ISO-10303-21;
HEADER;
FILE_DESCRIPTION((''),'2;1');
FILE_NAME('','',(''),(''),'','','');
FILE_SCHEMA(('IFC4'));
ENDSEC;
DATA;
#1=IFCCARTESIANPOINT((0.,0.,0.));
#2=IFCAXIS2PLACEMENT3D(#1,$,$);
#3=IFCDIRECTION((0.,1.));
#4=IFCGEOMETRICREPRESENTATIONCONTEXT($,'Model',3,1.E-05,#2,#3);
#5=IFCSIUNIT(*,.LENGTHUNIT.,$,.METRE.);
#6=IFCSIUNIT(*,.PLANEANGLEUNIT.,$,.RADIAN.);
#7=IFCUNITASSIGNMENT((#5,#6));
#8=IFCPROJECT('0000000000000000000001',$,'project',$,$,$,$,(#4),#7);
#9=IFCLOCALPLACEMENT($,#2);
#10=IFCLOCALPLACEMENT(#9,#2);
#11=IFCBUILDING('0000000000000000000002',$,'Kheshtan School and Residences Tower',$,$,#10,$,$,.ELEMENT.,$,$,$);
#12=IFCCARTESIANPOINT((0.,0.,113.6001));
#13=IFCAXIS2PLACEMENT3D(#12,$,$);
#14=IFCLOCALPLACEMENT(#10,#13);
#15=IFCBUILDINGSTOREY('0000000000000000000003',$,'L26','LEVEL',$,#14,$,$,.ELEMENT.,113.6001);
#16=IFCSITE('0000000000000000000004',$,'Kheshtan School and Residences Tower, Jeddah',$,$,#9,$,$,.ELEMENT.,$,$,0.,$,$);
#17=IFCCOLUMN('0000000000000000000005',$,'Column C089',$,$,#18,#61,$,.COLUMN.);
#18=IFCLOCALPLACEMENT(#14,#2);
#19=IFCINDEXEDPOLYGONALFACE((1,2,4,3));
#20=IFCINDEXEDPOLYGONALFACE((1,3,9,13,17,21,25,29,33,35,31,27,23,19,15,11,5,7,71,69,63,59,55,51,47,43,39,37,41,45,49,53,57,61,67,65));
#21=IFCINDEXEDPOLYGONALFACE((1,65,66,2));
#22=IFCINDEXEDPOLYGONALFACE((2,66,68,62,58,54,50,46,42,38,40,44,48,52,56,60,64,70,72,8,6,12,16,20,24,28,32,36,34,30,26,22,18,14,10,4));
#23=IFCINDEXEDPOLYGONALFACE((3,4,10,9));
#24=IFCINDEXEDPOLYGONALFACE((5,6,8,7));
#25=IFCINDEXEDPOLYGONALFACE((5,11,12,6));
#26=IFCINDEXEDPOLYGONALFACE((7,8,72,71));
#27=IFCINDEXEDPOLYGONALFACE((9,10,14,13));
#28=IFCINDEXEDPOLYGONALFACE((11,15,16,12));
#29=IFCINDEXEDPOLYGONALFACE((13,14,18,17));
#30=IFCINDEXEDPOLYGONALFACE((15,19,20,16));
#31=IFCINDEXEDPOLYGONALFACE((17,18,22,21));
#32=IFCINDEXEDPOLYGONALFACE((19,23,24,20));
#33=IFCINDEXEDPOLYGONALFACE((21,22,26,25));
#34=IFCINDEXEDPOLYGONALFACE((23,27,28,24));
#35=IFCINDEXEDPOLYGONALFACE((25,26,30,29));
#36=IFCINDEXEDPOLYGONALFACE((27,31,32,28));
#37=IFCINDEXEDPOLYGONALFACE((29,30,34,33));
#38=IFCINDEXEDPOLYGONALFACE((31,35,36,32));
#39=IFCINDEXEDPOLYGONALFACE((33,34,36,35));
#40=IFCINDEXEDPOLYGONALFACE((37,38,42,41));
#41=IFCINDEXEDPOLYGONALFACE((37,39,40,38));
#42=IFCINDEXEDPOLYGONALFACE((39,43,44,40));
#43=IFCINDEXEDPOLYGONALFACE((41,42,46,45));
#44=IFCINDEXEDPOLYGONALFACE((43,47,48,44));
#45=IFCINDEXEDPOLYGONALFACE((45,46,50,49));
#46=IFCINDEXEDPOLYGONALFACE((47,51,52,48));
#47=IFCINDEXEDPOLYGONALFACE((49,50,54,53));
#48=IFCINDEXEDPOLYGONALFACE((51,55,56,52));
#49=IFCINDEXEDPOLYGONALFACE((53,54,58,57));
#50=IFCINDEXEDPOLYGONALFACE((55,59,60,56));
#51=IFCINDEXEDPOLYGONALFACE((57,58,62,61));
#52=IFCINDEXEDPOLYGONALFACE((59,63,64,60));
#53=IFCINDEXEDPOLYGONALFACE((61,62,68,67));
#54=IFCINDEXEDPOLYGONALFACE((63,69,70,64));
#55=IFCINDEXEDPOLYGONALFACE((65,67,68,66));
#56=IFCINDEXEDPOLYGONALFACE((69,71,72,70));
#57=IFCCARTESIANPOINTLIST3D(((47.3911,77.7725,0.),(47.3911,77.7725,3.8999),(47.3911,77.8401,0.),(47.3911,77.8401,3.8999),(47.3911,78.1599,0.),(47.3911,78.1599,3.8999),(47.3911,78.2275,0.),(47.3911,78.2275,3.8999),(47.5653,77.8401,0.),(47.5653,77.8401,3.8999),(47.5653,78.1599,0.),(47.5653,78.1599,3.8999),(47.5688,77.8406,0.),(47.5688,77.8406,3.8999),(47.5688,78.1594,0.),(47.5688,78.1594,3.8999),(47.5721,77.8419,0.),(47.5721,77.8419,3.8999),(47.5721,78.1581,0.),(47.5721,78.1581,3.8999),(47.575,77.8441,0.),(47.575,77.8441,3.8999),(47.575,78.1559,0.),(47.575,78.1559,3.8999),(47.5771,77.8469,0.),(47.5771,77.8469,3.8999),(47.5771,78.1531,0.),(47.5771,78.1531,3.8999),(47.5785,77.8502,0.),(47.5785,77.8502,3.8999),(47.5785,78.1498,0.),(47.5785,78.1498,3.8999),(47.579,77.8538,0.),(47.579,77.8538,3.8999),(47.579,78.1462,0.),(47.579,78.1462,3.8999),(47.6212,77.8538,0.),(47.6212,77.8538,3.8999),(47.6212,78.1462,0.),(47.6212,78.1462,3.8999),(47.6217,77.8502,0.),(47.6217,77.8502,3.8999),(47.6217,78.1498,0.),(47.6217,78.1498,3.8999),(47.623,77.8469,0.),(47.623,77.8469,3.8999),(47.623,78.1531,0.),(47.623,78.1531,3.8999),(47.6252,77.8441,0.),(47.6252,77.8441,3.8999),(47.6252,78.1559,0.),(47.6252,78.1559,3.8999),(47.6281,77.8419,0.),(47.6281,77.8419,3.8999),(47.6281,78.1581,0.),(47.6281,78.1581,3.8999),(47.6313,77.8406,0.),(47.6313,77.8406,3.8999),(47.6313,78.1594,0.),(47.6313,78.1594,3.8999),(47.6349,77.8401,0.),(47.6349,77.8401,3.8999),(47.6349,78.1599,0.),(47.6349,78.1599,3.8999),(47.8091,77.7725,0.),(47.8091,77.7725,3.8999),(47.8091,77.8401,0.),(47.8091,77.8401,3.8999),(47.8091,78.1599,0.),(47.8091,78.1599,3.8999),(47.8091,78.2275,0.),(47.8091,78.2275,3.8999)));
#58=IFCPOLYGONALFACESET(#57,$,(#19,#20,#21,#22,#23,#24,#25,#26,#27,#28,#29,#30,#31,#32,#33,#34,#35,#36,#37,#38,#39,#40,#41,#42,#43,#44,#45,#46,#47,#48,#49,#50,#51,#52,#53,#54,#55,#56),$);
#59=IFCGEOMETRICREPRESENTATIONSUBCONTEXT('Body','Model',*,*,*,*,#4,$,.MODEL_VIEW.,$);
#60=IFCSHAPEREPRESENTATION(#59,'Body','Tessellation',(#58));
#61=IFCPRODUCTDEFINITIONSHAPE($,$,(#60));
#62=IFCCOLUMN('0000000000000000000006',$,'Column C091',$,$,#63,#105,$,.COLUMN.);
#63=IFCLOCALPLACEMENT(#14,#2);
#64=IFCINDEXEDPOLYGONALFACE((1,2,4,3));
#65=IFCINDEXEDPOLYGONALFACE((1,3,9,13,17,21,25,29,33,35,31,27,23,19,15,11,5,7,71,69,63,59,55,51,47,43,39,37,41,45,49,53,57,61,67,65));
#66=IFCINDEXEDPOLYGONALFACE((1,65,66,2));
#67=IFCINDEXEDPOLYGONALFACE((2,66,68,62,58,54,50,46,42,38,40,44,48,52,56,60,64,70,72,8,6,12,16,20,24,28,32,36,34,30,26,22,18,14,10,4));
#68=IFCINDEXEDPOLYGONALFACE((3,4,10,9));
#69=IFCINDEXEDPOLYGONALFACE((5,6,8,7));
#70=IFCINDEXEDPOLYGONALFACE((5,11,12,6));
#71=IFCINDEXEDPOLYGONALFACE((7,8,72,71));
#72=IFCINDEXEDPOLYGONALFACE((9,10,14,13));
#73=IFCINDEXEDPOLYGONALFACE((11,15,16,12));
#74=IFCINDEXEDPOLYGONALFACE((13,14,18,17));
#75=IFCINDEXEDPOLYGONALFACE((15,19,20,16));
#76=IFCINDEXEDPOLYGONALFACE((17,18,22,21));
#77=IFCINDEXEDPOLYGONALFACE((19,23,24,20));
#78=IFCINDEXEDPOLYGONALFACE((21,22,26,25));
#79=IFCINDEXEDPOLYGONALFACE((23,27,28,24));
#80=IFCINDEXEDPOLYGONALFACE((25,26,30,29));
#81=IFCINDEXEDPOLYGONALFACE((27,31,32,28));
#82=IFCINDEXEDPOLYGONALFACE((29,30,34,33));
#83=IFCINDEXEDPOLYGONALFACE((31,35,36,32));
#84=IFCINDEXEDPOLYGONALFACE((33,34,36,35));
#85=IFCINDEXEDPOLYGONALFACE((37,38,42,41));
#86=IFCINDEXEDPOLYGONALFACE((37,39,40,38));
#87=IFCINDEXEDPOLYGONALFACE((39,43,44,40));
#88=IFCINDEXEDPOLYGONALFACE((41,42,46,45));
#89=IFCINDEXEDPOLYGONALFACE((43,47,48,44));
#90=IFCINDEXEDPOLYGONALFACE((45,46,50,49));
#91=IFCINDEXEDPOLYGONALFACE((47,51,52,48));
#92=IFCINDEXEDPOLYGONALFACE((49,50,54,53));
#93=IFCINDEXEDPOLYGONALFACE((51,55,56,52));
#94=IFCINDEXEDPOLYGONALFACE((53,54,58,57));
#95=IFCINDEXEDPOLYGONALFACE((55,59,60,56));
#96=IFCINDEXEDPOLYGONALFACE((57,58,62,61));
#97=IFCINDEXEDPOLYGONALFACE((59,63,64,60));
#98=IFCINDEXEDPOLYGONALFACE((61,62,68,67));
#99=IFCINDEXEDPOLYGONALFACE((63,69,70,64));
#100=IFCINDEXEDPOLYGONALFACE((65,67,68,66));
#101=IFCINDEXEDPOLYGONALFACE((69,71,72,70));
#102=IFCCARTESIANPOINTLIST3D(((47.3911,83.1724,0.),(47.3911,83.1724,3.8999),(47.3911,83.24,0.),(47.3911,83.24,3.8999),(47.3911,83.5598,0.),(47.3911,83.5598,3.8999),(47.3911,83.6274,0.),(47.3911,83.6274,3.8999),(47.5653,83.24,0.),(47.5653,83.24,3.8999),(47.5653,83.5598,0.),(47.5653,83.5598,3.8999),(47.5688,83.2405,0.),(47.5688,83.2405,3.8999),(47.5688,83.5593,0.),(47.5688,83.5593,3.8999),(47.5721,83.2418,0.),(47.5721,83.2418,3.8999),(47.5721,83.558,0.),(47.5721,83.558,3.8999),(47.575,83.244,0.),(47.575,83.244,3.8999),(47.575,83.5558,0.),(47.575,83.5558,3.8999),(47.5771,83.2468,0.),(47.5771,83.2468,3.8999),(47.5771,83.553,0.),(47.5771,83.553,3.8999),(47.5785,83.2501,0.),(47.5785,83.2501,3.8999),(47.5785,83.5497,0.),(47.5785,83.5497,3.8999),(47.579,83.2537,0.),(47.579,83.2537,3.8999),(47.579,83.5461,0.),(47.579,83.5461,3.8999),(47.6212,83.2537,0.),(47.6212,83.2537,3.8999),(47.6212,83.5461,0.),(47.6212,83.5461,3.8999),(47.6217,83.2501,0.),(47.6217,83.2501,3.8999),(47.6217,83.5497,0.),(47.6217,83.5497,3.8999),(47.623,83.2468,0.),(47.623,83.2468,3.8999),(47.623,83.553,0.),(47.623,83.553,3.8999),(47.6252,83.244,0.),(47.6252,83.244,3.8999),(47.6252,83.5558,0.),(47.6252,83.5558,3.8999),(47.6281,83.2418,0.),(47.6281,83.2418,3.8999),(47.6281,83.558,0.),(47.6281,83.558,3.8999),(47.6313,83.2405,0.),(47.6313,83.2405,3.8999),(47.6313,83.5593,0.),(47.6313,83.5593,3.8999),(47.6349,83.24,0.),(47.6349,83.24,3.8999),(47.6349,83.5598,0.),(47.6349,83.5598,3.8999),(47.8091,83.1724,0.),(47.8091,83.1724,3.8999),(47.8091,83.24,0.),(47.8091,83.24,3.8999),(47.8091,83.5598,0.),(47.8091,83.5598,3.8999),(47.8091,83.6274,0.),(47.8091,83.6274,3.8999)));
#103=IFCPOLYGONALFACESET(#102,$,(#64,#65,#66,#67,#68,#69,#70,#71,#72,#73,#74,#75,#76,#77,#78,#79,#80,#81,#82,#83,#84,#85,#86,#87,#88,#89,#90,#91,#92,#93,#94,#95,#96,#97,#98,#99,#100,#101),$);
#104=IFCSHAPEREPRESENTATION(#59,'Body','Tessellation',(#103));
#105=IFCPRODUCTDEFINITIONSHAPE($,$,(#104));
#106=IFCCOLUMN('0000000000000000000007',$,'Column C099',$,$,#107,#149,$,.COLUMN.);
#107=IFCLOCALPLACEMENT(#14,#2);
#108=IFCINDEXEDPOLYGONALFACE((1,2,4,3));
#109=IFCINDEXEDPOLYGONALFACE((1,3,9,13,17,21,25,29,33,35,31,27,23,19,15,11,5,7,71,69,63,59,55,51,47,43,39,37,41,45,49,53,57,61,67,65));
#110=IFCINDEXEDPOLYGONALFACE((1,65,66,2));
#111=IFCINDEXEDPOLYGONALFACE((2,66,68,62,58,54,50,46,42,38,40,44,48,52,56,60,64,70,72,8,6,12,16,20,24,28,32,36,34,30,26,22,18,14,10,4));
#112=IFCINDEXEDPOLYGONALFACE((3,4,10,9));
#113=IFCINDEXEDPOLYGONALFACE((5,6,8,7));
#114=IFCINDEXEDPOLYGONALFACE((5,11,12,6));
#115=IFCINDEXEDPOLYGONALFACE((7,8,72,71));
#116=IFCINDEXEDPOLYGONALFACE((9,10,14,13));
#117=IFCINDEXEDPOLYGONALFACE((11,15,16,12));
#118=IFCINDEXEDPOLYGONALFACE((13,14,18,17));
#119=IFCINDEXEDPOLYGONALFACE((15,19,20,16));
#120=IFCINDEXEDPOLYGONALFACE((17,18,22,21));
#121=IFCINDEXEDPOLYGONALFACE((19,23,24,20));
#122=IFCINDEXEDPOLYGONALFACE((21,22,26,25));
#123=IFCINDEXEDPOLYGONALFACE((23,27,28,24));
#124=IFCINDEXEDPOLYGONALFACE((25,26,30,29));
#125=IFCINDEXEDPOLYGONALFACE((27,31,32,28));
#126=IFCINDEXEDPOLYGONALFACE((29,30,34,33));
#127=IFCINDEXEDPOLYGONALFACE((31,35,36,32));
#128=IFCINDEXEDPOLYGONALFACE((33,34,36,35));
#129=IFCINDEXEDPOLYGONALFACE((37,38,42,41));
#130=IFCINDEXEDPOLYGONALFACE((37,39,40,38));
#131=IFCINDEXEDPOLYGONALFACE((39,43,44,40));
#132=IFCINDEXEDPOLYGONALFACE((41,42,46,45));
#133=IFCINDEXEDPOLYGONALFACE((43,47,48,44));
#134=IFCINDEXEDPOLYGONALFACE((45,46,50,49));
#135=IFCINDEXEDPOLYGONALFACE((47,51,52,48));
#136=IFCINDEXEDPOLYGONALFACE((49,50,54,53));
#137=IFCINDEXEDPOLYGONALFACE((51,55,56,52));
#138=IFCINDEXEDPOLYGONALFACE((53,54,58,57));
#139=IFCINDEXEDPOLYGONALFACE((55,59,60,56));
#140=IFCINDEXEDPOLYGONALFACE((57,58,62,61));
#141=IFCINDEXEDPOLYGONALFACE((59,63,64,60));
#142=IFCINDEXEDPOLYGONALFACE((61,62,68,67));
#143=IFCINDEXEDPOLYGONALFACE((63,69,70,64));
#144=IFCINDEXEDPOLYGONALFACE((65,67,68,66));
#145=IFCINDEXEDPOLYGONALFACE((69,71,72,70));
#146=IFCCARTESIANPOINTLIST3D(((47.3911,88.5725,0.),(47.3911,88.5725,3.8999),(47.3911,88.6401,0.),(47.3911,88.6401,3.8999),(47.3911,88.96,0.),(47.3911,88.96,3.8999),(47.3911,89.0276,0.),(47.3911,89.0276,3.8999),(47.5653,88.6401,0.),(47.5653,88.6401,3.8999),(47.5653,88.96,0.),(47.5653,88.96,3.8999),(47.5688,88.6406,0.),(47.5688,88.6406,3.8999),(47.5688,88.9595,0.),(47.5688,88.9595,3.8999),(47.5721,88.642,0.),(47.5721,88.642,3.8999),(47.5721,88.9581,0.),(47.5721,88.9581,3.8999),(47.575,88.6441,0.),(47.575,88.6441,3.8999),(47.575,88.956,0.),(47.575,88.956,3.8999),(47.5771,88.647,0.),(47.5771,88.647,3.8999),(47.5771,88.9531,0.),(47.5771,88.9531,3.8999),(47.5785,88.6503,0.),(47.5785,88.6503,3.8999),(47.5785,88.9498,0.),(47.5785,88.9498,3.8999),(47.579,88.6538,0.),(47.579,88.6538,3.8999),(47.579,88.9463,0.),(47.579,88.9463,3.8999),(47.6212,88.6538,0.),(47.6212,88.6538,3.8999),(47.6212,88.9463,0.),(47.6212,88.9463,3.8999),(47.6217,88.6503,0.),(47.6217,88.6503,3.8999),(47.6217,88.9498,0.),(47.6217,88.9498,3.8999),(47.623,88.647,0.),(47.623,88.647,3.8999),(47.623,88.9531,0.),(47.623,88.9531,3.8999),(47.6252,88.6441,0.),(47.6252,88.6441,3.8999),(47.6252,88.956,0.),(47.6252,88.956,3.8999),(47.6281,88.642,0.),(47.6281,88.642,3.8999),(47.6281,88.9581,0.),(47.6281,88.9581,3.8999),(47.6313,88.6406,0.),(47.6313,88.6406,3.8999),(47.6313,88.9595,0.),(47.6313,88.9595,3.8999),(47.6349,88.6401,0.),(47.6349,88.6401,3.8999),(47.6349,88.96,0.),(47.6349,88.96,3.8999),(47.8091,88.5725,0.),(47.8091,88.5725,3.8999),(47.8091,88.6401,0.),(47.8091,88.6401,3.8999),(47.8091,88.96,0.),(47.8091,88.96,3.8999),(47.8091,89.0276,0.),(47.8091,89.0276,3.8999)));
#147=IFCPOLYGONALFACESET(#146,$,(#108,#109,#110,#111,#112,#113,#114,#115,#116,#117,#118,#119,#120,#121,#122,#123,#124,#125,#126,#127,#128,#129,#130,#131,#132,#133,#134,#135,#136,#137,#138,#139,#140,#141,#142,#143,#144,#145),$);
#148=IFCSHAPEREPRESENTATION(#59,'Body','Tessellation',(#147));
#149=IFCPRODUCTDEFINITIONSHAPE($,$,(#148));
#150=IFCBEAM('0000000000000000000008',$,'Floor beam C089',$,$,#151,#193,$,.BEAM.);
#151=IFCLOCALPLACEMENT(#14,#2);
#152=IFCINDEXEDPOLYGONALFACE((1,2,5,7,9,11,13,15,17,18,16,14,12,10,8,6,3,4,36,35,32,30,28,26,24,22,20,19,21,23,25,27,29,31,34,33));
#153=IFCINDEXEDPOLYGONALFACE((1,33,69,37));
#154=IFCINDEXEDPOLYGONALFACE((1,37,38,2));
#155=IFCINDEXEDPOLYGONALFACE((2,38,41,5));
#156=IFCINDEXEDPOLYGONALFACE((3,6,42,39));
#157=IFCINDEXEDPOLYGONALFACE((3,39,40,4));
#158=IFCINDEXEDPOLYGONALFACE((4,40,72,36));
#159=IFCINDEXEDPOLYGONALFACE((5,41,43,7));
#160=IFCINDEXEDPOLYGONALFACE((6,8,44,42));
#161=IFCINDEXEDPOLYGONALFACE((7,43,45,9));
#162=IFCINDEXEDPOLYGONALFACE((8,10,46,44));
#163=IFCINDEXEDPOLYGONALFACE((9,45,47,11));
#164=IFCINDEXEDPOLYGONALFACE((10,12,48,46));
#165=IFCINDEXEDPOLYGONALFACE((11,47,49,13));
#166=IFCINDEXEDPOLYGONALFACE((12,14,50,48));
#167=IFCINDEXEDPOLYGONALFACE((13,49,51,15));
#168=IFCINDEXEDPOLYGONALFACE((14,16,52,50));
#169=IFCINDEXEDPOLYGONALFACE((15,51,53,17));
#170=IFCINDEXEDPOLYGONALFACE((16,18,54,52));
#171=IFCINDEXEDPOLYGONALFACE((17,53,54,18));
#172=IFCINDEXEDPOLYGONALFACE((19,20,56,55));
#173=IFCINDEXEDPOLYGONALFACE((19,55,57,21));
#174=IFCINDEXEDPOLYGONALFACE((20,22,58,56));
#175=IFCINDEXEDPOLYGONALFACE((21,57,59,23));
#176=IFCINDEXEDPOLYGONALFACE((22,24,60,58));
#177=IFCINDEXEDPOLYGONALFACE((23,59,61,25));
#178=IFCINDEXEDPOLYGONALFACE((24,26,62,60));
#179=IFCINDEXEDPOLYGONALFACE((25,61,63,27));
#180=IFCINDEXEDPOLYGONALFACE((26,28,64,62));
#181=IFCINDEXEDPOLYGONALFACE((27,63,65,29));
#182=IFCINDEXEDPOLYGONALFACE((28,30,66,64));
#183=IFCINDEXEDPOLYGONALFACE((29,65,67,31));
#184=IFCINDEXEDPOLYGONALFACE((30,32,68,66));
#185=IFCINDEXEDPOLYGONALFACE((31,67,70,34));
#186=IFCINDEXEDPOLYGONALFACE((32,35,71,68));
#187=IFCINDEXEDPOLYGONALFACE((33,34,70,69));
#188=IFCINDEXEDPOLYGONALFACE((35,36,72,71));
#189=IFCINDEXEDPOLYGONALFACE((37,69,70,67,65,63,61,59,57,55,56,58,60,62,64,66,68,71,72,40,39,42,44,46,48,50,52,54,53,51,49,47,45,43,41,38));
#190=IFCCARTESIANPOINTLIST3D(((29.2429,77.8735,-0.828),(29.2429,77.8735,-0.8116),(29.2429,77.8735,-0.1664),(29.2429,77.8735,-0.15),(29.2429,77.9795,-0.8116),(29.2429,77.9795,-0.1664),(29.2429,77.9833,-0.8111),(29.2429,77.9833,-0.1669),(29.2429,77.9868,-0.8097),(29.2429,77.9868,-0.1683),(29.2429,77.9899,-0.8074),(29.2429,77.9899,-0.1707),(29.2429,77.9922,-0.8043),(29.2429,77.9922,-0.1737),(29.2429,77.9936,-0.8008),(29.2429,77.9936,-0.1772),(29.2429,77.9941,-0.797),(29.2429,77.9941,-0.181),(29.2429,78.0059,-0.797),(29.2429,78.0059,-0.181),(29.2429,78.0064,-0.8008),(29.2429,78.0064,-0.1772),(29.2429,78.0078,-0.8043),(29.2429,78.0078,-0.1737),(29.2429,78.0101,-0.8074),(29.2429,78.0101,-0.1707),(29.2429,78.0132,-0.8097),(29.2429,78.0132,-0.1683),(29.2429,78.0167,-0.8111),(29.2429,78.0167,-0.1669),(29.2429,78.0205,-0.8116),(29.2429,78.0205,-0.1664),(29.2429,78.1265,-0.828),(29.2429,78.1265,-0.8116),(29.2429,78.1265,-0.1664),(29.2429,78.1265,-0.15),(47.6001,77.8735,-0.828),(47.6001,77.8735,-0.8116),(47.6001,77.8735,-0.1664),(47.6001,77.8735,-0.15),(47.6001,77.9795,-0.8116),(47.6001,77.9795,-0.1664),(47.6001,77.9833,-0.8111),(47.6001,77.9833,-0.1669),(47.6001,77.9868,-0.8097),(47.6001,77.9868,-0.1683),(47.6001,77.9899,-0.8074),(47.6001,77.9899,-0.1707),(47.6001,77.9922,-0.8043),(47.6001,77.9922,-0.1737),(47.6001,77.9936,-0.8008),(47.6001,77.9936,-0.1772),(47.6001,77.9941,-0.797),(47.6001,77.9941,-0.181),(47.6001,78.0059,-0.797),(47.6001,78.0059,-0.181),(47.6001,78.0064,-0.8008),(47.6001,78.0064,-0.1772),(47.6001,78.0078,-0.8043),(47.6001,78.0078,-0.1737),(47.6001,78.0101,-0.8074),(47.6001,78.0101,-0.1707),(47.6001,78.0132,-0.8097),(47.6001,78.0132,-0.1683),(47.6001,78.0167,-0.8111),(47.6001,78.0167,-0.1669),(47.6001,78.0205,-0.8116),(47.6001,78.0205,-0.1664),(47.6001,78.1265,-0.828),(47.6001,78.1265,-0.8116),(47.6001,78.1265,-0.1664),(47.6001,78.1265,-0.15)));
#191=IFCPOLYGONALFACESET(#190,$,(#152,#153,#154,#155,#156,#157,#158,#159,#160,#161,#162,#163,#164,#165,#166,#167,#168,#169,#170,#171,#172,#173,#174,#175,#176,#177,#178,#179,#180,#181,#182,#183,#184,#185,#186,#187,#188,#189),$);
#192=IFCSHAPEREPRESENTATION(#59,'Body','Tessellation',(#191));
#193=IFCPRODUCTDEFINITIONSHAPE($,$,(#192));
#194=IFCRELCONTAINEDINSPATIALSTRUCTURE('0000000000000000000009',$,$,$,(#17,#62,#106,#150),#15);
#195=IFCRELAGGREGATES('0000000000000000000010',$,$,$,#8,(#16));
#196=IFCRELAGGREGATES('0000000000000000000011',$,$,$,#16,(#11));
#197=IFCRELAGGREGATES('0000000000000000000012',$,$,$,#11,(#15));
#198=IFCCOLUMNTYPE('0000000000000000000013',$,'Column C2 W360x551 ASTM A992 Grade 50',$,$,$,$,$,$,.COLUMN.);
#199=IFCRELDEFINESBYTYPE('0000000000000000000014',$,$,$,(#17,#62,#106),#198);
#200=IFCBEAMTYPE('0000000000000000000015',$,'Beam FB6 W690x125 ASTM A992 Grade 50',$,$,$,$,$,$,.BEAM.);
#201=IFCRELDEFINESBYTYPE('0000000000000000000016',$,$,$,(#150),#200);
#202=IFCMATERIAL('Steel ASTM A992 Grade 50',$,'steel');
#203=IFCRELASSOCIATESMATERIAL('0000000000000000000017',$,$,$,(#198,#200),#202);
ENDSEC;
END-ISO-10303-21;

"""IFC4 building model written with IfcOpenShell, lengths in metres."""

from ifc_helpers import new_model, si_unit, direction, frame, origin, origin_2d, place, context, subcontext, project, spatial, i_section, extrude, material, material_profile, profile_set, type_object, element, save


model = new_model("IFC4")

# Units and contexts
model_context = context("Model", 3, precision=1e-05, world=origin(), true_north=direction((0.0, 1.0)))
body_context = subcontext(model_context, "Body", "Model", "MODEL_VIEW")
ifc_project = project(units=[si_unit("LENGTHUNIT", "METRE"), si_unit("PLANEANGLEUNIT", "RADIAN")], contexts=[model_context])

# Site, building, storey
site_placement = place(None, origin())
site = spatial("IfcSite", under=ifc_project, at=site_placement, Name="Kheshtan School and Residences Tower, Jeddah", CompositionType="ELEMENT", RefElevation=0.0)
building_placement = place(site_placement, origin())
building = spatial("IfcBuilding", under=site, at=building_placement, Name="Kheshtan School and Residences Tower", CompositionType="ELEMENT")
storey_placement = place(building_placement, frame((0.0, 0.0, 113.6001)))
storey = spatial("IfcBuildingStorey", under=building, at=storey_placement, Name="L26", Description="LEVEL", CompositionType="ELEMENT", Elevation=113.6001)

# Columns
ifc_material_1 = material(Name="Steel ASTM A992 Grade 50", Category="steel")
ifc_material_profile_1 = material_profile(ifc_material_1, i_section(OverallWidth=0.418, OverallDepth=0.4551, WebThickness=0.0422, FlangeThickness=0.0676, FilletRadius=0.0137, at=origin_2d()), Name="W360x551")
ifc_profile_set_1 = profile_set([ifc_material_profile_1], Name="Steel ASTM A992 Grade 50")
column_type = type_object("IfcColumnType", Name="Column C2 W360x551 ASTM A992 Grade 50", PredefinedType="COLUMN", material=ifc_profile_set_1)
for number, where, z_axis, x_axis, name in (
    (1, (47.6001, 78.0, 0.0), (0.0, 0.0, 1.0), (1.0, 0.0, 0.0), "Column C089"),
    (2, (47.6001, 83.3999, 0.0), (0.0, 0.0, 1.0), (1.0, 0.0, 0.0), "Column C091"),
    (3, (47.6001, 88.8, 0.0), (0.0, 0.0, 1.0), (1.0, 0.0, 0.0), "Column C099"),
):
    element("IfcColumn", number, at=place(storey_placement, frame(where, z_axis=z_axis, x_axis=x_axis)), inside=storey, type_object=column_type, Name=name, PredefinedType="COLUMN", context=body_context, shape_type="SweptSolid", body=[
        extrude(i_section(OverallWidth=0.418, OverallDepth=0.4551, WebThickness=0.0422, FlangeThickness=0.0676, FilletRadius=0.0137, at=origin_2d()), origin(), (0.0, 0.0, 1.0), 3.8999),
    ])

# Beam
ifc_material_profile_2 = material_profile(ifc_material_1, i_section(OverallWidth=0.2529, OverallDepth=0.678, WebThickness=0.0117, FlangeThickness=0.0164, FilletRadius=0.0146, at=origin_2d()), Name="W690x125")
ifc_profile_set_2 = profile_set([ifc_material_profile_2], Name="Steel ASTM A992 Grade 50")
beam_type_1 = type_object("IfcBeamType", Name="Beam FB6 W690x125 ASTM A992 Grade 50", PredefinedType="BEAM", material=ifc_profile_set_2)
beam_1_placement = place(storey_placement, frame((47.6001, 78.0, -0.489), z_axis=(-1.0, 0.0, 0.0), x_axis=(0.0, -1.0, 0.0)))
element("IfcBeam", 4, at=beam_1_placement, inside=storey, type_object=beam_type_1, Name="Floor beam C089", PredefinedType="BEAM", context=body_context, shape_type="SweptSolid", body=[
    extrude(i_section(OverallWidth=0.2529, OverallDepth=0.678, WebThickness=0.0117, FlangeThickness=0.0164, FilletRadius=0.0146, at=origin_2d()), origin(), (0.0, 0.0, 1.0), 18.3572),
])

save(model, "model.ifc")
